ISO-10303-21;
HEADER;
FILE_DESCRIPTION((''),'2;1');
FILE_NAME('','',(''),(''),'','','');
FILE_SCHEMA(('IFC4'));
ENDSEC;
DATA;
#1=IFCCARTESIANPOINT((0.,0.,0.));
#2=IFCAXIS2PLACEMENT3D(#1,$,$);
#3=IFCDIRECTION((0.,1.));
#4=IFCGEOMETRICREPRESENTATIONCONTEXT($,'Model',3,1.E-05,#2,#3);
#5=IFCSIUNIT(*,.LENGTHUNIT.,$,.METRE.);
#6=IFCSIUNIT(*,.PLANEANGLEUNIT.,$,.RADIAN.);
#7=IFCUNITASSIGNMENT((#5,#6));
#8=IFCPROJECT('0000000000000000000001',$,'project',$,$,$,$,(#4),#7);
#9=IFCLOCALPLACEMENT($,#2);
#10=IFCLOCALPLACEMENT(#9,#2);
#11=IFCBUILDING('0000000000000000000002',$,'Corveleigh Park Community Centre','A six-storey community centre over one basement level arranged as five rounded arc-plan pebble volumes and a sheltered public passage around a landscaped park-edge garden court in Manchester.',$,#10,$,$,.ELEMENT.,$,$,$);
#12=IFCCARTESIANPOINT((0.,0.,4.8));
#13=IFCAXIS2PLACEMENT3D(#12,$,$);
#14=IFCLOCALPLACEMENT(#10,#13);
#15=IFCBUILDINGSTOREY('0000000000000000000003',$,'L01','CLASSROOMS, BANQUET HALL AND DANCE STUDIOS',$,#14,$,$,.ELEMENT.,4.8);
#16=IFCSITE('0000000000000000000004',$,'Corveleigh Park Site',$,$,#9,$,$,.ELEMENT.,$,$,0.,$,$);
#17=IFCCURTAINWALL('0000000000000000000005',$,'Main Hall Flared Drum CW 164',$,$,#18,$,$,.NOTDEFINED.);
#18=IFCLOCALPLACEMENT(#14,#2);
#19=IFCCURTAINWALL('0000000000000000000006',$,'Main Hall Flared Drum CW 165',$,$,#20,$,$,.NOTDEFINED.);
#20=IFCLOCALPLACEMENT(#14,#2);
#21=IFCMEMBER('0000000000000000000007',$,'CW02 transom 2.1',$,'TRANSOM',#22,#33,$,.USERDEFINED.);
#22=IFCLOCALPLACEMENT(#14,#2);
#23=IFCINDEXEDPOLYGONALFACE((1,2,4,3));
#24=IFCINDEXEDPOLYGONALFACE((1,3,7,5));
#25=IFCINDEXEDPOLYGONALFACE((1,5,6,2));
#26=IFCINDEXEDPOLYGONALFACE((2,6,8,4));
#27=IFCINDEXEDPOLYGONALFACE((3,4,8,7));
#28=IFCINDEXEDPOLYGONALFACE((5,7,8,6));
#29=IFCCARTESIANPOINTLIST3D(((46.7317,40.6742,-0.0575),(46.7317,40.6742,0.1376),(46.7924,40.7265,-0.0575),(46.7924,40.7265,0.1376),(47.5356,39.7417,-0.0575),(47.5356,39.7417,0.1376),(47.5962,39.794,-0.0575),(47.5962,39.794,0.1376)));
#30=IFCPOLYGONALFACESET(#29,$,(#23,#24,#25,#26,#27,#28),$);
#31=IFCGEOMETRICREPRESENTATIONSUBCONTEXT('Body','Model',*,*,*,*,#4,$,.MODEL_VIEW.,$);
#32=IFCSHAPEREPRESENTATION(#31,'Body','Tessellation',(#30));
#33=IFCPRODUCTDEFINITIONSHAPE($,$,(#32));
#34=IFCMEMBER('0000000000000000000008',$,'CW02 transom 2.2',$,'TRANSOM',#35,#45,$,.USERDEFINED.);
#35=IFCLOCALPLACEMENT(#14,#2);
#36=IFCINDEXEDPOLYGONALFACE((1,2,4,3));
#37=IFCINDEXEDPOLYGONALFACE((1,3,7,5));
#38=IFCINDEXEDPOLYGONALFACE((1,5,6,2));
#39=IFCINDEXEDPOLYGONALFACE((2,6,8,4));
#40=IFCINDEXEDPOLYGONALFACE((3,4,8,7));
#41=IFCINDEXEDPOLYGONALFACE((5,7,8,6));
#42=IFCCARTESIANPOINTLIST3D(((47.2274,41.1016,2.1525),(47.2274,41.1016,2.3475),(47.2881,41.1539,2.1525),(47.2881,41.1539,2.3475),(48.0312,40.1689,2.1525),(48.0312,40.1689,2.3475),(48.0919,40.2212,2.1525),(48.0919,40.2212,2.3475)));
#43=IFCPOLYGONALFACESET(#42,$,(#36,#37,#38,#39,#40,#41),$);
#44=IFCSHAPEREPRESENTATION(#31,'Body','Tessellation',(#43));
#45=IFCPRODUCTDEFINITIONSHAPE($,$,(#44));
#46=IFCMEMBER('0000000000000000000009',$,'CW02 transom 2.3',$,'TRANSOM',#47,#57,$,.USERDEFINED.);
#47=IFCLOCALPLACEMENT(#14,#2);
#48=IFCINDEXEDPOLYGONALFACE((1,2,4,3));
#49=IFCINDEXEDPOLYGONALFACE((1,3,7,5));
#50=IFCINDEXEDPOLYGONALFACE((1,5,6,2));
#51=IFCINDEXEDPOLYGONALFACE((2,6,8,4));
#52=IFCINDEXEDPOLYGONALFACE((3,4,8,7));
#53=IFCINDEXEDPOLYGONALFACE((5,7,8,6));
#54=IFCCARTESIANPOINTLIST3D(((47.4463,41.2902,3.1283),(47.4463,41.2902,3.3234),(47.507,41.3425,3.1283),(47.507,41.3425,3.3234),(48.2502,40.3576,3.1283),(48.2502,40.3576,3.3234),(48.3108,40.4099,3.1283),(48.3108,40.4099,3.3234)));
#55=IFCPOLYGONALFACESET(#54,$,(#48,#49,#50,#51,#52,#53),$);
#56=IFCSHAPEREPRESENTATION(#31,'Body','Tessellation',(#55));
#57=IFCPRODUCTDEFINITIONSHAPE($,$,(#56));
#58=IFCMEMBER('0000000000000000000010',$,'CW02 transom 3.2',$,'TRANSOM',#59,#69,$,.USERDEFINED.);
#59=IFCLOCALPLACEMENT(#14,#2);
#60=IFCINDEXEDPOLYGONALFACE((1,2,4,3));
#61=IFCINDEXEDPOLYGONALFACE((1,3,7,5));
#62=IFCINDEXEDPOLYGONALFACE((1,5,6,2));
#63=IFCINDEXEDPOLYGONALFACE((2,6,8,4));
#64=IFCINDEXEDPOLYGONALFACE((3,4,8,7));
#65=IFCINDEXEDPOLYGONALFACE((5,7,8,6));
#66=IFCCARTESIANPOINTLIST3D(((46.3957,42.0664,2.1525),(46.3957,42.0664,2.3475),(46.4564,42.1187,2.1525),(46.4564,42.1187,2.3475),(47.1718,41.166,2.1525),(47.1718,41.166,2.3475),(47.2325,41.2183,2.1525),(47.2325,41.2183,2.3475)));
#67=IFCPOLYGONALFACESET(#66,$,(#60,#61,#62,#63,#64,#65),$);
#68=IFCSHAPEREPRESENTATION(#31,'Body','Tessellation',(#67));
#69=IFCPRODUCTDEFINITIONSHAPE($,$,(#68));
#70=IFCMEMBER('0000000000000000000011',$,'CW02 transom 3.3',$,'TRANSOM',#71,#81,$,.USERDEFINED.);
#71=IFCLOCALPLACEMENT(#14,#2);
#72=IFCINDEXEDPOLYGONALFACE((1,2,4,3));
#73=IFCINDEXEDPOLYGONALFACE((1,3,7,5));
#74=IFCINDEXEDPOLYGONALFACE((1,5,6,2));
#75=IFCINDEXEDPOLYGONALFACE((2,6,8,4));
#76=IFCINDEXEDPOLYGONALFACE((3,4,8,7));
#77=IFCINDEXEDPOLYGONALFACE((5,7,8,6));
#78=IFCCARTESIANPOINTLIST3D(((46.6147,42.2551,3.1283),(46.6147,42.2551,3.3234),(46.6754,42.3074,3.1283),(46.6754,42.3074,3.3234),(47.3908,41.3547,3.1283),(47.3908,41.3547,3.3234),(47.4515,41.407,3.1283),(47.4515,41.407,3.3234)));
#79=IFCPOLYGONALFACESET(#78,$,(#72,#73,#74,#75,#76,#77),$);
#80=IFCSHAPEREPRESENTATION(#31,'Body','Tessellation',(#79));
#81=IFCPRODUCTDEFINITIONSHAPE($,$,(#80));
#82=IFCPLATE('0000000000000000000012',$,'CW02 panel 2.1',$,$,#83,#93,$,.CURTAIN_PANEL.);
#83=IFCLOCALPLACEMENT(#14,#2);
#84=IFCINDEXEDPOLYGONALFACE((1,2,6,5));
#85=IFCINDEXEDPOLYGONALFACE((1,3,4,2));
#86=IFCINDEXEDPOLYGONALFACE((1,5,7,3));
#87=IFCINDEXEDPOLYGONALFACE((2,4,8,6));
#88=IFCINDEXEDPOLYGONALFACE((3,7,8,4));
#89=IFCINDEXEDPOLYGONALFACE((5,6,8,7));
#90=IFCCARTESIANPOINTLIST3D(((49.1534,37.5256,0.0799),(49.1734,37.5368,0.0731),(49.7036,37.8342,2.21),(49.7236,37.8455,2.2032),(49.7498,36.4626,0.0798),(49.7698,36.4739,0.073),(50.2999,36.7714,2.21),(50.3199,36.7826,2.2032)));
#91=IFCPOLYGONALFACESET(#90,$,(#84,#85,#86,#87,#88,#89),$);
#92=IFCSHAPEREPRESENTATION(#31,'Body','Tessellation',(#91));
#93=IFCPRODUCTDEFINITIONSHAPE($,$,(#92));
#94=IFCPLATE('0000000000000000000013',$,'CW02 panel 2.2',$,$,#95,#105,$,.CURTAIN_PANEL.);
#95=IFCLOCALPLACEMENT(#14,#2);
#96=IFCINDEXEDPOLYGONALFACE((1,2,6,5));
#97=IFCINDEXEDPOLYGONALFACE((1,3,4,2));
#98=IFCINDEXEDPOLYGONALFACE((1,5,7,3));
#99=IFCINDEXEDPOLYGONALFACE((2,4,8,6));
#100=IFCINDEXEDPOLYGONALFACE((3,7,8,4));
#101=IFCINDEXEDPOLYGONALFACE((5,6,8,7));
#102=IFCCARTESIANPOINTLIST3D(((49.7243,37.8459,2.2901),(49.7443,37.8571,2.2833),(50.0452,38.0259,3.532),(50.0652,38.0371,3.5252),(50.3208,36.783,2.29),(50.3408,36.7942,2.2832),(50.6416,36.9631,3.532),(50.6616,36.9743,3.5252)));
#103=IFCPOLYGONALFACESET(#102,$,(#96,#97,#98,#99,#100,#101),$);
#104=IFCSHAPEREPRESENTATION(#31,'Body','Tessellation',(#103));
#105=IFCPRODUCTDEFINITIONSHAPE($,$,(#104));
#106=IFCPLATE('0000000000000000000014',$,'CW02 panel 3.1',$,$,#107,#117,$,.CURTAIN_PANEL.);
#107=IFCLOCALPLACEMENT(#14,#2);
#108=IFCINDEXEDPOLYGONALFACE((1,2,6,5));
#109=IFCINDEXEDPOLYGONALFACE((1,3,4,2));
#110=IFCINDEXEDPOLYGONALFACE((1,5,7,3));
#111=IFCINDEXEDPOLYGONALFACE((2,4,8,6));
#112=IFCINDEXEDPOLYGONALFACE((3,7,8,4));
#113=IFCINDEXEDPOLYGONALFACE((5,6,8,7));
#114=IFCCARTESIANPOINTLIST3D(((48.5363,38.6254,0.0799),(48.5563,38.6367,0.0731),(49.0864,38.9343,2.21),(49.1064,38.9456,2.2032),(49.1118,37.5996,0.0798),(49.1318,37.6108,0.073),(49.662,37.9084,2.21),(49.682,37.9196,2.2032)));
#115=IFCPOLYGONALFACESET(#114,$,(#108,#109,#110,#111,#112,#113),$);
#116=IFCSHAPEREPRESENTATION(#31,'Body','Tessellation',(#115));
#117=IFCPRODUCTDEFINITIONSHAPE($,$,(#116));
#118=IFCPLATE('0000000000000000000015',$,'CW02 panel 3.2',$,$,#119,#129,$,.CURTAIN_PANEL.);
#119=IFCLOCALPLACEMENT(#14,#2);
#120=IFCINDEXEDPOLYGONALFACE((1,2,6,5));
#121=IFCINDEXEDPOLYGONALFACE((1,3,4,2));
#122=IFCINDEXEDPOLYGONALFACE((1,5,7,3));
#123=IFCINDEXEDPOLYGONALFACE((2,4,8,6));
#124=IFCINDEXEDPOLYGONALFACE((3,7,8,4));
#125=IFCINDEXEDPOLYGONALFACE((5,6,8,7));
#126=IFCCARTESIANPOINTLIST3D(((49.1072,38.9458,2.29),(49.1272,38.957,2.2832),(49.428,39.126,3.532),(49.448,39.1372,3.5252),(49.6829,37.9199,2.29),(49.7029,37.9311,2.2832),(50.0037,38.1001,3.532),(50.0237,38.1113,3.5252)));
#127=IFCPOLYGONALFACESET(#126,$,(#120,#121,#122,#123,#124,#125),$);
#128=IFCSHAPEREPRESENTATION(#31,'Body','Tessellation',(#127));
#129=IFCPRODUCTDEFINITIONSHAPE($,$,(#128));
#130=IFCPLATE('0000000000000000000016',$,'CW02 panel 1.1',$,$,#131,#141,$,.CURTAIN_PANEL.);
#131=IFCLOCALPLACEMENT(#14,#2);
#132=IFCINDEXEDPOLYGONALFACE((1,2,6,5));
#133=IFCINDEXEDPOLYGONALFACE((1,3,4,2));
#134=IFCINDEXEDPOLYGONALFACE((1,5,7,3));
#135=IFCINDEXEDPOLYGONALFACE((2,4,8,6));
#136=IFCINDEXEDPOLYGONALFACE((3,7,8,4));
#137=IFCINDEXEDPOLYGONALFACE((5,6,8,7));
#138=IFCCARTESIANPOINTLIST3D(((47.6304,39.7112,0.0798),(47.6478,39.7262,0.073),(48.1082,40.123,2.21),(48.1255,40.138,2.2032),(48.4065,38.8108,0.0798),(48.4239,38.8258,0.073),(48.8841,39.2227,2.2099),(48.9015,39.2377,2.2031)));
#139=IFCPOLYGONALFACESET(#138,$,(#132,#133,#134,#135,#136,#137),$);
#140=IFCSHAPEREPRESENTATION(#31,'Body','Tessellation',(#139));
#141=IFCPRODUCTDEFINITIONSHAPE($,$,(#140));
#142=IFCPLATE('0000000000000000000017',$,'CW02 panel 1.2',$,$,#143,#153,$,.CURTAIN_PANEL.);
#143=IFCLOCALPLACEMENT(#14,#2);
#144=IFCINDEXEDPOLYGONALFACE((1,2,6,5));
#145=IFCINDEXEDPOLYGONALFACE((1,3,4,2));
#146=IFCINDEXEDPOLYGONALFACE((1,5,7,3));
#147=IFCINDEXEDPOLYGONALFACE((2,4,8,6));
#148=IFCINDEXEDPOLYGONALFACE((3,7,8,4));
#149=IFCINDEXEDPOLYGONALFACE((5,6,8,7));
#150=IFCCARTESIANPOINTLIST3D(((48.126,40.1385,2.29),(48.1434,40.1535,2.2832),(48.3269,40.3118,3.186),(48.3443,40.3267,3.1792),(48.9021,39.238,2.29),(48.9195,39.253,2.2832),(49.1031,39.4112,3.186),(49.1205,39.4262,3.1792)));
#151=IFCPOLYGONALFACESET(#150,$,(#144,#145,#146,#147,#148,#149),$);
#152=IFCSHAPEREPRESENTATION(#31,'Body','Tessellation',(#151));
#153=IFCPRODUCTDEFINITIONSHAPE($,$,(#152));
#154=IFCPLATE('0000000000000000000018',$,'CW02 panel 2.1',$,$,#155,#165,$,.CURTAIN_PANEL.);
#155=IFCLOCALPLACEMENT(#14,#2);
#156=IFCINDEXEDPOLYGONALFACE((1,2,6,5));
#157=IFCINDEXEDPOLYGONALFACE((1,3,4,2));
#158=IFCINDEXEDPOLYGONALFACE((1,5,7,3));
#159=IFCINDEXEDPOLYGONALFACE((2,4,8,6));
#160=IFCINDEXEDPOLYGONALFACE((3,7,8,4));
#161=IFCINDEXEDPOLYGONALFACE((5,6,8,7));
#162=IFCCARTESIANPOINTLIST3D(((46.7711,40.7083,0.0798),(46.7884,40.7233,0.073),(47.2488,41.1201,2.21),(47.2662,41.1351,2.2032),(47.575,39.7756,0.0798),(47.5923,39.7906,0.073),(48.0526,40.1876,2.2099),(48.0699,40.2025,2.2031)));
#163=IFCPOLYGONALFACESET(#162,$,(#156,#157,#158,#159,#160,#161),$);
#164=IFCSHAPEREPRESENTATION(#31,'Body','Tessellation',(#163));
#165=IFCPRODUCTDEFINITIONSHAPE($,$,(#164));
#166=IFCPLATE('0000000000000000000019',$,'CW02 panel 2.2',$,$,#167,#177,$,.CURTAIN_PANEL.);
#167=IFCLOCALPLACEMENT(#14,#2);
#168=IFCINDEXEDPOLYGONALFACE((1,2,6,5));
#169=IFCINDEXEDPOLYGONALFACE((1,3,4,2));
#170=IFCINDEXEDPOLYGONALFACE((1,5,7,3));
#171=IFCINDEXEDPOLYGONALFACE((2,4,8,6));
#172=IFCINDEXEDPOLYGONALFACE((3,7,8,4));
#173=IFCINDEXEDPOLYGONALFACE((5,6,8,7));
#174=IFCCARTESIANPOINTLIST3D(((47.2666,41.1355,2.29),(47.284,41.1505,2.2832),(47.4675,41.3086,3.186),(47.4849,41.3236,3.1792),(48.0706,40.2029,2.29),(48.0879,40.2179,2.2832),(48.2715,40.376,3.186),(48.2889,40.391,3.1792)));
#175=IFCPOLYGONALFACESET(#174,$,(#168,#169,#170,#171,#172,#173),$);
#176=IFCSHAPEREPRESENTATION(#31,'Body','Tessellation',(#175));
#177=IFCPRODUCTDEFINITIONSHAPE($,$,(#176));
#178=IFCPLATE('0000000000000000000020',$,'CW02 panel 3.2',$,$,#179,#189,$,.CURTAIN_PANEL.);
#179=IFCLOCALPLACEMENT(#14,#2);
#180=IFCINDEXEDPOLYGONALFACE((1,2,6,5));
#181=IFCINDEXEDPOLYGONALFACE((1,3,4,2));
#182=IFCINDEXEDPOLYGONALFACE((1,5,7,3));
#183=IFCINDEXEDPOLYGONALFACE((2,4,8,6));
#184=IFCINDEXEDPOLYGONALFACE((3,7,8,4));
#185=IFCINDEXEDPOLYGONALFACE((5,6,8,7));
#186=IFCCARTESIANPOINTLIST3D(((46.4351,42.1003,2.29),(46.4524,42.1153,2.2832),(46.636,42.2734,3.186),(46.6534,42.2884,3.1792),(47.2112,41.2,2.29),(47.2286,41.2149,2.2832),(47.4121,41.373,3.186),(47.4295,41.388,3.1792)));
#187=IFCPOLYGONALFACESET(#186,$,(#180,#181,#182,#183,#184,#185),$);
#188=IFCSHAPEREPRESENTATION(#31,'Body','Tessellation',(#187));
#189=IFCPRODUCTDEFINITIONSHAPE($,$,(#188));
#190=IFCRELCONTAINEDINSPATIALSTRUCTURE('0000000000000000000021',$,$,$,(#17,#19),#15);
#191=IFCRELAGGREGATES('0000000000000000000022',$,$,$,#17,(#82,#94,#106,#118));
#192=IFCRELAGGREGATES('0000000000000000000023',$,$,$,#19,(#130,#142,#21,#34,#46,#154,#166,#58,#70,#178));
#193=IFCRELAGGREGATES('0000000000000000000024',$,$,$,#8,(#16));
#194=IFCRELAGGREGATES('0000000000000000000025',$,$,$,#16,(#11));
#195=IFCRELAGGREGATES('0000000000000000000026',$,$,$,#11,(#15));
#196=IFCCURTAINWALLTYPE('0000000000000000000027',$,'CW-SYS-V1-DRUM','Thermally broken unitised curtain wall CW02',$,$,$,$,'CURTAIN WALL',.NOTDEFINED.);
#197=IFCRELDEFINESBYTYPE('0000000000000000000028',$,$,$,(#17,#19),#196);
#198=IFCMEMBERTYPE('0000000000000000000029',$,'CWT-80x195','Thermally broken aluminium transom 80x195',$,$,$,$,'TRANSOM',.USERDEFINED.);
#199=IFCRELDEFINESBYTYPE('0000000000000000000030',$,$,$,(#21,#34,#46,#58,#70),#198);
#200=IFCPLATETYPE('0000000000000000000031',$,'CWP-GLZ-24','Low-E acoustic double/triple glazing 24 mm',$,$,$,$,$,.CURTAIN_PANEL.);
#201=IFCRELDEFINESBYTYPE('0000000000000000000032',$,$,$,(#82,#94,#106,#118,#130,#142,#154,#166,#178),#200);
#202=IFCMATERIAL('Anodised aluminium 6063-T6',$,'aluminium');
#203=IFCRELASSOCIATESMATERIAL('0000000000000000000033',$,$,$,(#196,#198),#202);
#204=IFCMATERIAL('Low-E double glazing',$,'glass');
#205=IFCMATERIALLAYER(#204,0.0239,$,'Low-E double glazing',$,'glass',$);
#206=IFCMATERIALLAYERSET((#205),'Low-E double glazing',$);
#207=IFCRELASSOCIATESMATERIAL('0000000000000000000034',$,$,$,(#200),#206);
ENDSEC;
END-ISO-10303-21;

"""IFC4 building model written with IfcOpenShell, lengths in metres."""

from ifc_helpers import new_model, si_unit, direction, frame, origin, origin_2d, place, context, subcontext, project, spatial, polyline, rectangle, outline, extrude, material, layer, layer_set, material_profile, profile_set, type_object, element, aggregate, save


model = new_model("IFC4")

# Units and contexts
model_context = context("Model", 3, precision=1e-05, world=origin(), true_north=direction((0.0, 1.0)))
body_context = subcontext(model_context, "Body", "Model", "MODEL_VIEW")
ifc_project = project(units=[si_unit("LENGTHUNIT", "METRE"), si_unit("PLANEANGLEUNIT", "RADIAN")], contexts=[model_context])

# Site, building, storey
site_placement = place(None, origin())
site = spatial("IfcSite", under=ifc_project, at=site_placement, Name="Corveleigh Park Site", CompositionType="ELEMENT", RefElevation=0.0)
building_placement = place(site_placement, origin())
building = spatial("IfcBuilding", under=site, at=building_placement, Name="Corveleigh Park Community Centre", Description="A six-storey community centre over one basement level arranged as five rounded arc-plan pebble volumes and a sheltered public passage around a landscaped park-edge garden court in Manchester.", CompositionType="ELEMENT")
storey_placement = place(building_placement, frame((0.0, 0.0, 4.8)))
storey = spatial("IfcBuildingStorey", under=building, at=storey_placement, Name="L01", Description="CLASSROOMS, BANQUET HALL AND DANCE STUDIOS", CompositionType="ELEMENT", Elevation=4.8)

# Curtain walls
ifc_material_1 = material(Name="Anodised aluminium 6063-T6", Category="aluminium")
curtain_wall_type = type_object("IfcCurtainWallType", Name="CW-SYS-V1-DRUM", Description="Thermally broken unitised curtain wall CW02", ElementType="CURTAIN WALL", PredefinedType="NOTDEFINED", material=ifc_material_1)
curtain_wall_1_placement = place(storey_placement, origin())
curtain_wall_1 = element("IfcCurtainWall", 1, at=curtain_wall_1_placement, inside=storey, type_object=curtain_wall_type, Name="Main Hall Flared Drum CW 164", PredefinedType="NOTDEFINED")
curtain_wall_2_placement = place(storey_placement, origin())
curtain_wall_2 = element("IfcCurtainWall", 2, at=curtain_wall_2_placement, inside=storey, type_object=curtain_wall_type, Name="Main Hall Flared Drum CW 165", PredefinedType="NOTDEFINED")

# Members
ifc_material_profile_1 = material_profile(ifc_material_1, rectangle(XDim=0.0801, YDim=0.1951, at=origin_2d()), Name="ALU-T80x195", Category="aluminium")
ifc_profile_set_1 = profile_set([ifc_material_profile_1], Name="Anodised aluminium 6063-T6")
member_type_1 = type_object("IfcMemberType", Name="CWT-80x195", Description="Thermally broken aluminium transom 80x195", ElementType="TRANSOM", PredefinedType="USERDEFINED", material=ifc_profile_set_1)
member_1_placement = place(storey_placement, frame((47.5659, 39.7678, 0.04), z_axis=(-0.652928, 0.75742, 0.0), x_axis=(-0.75742, -0.652928, 0.0)))
member_1 = element("IfcMember", 3, at=member_1_placement, type_object=member_type_1, Name="CW02 transom 2.1", ObjectType="TRANSOM", PredefinedType="USERDEFINED", context=body_context, shape_type="SweptSolid", body=[
    extrude(rectangle(XDim=0.0801, YDim=0.1951, at=origin_2d()), origin(), (0.0, 0.0, 1.0), 1.2312),
])
member_2_placement = place(storey_placement, frame((48.0615, 40.1951, 2.25), z_axis=(-0.652814, 0.757518, 0.0), x_axis=(-0.757518, -0.652814, 0.0)))
member_2 = element("IfcMember", 4, at=member_2_placement, type_object=member_type_1, Name="CW02 transom 2.2", ObjectType="TRANSOM", PredefinedType="USERDEFINED", context=body_context, shape_type="SweptSolid", body=[
    extrude(rectangle(XDim=0.0801, YDim=0.1951, at=origin_2d()), origin(), (0.0, 0.0, 1.0), 1.2312),
])
member_3_placement = place(storey_placement, frame((48.2805, 40.3838, 3.2258), z_axis=(-0.652928, 0.75742, 0.0), x_axis=(-0.75742, -0.652928, 0.0)))
member_3 = element("IfcMember", 5, at=member_3_placement, type_object=member_type_1, Name="CW02 transom 2.3", ObjectType="TRANSOM", PredefinedType="USERDEFINED", context=body_context, shape_type="SweptSolid", body=[
    extrude(rectangle(XDim=0.0801, YDim=0.1951, at=origin_2d()), origin(), (0.0, 0.0, 1.0), 1.2312),
])
member_4_placement = place(storey_placement, frame((47.2021, 41.1921, 2.25), z_axis=(-0.652903, 0.757441, 0.0), x_axis=(-0.757441, -0.652903, 0.0)))
member_4 = element("IfcMember", 6, at=member_4_placement, type_object=member_type_1, Name="CW02 transom 3.2", ObjectType="TRANSOM", PredefinedType="USERDEFINED", context=body_context, shape_type="SweptSolid", body=[
    extrude(rectangle(XDim=0.0801, YDim=0.1951, at=origin_2d()), origin(), (0.0, 0.0, 1.0), 1.1887),
])
member_5_placement = place(storey_placement, frame((47.4211, 41.3809, 3.2258), z_axis=(-0.652903, 0.757441, 0.0), x_axis=(-0.757441, -0.652903, 0.0)))
member_5 = element("IfcMember", 7, at=member_5_placement, type_object=member_type_1, Name="CW02 transom 3.3", ObjectType="TRANSOM", PredefinedType="USERDEFINED", context=body_context, shape_type="SweptSolid", body=[
    extrude(rectangle(XDim=0.0801, YDim=0.1951, at=origin_2d()), origin(), (0.0, 0.0, 1.0), 1.1887),
])

# Plates
ifc_material_2 = material(Name="Low-E double glazing", Category="glass")
ifc_layer_1 = layer(ifc_material_2, 0.0239, Name="Low-E double glazing", Category="glass")
ifc_layer_set_1 = layer_set([ifc_layer_1], Name="Low-E double glazing")
plate_type_1 = type_object("IfcPlateType", Name="CWP-GLZ-24", Description="Low-E acoustic double/triple glazing 24 mm", PredefinedType="CURTAIN_PANEL", material=ifc_layer_set_1)
plate_1_placement = place(storey_placement, frame((49.7498, 36.4626, 0.0798), z_axis=(-0.836215, -0.469153, 0.283972), x_axis=(-0.489286, 0.872123, 0.000037)))
plate_1 = element("IfcPlate", 8, at=plate_1_placement, type_object=plate_type_1, Name="CW02 panel 2.1", PredefinedType="CURTAIN_PANEL", context=body_context, shape_type="SweptSolid", body=[
    extrude(outline(polyline([(0.0, 0.0), (1.2188, 0.0), (1.2188, -2.2215), (0.0002, -2.2216), (0.0, 0.0)])), origin(), (0.0, 0.0, -1.0), 0.0239),
])
plate_2_placement = place(storey_placement, frame((50.3208, 36.783, 2.29), z_axis=(-0.836164, -0.46922, 0.284012), x_axis=(-0.489368, 0.872077, 0.000013)))
plate_2 = element("IfcPlate", 9, at=plate_2_placement, type_object=plate_type_1, Name="CW02 panel 2.2", PredefinedType="CURTAIN_PANEL", context=body_context, shape_type="SweptSolid", body=[
    extrude(outline(polyline([(0.0, 0.0), (1.2189, 0.0), (1.2188, -1.2953), (0.0002, -1.2953), (0.0, 0.0)])), origin(), (0.0, 0.0, -1.0), 0.0239),
])
plate_3_placement = place(storey_placement, frame((49.1118, 37.5996, 0.0798), z_axis=(-0.836209, -0.469149, 0.283997), x_axis=(-0.489289, 0.872122, 0.000025)))
plate_3 = element("IfcPlate", 10, at=plate_3_placement, type_object=plate_type_1, Name="CW02 panel 3.1", PredefinedType="CURTAIN_PANEL", context=body_context, shape_type="SweptSolid", body=[
    extrude(outline(polyline([(0.0, 0.0), (1.1762, 0.0), (1.1765, -2.2216), (0.0001, -2.2216), (0.0, 0.0)])), origin(), (0.0, 0.0, -1.0), 0.0239),
])
plate_4_placement = place(storey_placement, frame((49.6829, 37.9199, 2.29), z_axis=(-0.836152, -0.469216, 0.284054), x_axis=(-0.489374, 0.872074, 0.0)))
plate_4 = element("IfcPlate", 11, at=plate_4_placement, type_object=plate_type_1, Name="CW02 panel 3.2", PredefinedType="CURTAIN_PANEL", context=body_context, shape_type="SweptSolid", body=[
    extrude(outline(polyline([(0.0, 0.0), (1.1764, 0.0), (1.1765, -1.2953), (0.0001, -1.2953), (0.0, 0.0)])), origin(), (0.0, 0.0, -1.0), 0.0239),
])
aggregate(curtain_wall_1, [plate_1, plate_2, plate_3, plate_4])
plate_5_placement = place(storey_placement, frame((48.4065, 38.8108, 0.0798), z_axis=(-0.726323, -0.625981, 0.283906), x_axis=(-0.652849, 0.757488, -0.000021)))
plate_5 = element("IfcPlate", 12, at=plate_5_placement, type_object=plate_type_1, Name="CW02 panel 1.1", PredefinedType="CURTAIN_PANEL", context=body_context, shape_type="SweptSolid", body=[
    extrude(outline(polyline([(0.0, 0.0), (1.1887, 0.0), (1.1887, -2.2216), (0.0002, -2.2215), (0.0, 0.0)])), origin(), (0.0, 0.0, -1.0), 0.0239),
])
plate_6_placement = place(storey_placement, frame((48.9021, 39.238, 2.29), z_axis=(-0.726318, -0.625991, 0.283897), x_axis=(-0.652856, 0.757482, -0.000018)))
plate_6 = element("IfcPlate", 13, at=plate_6_placement, type_object=plate_type_1, Name="CW02 panel 1.2", PredefinedType="CURTAIN_PANEL", context=body_context, shape_type="SweptSolid", body=[
    extrude(outline(polyline([(0.0, 0.0), (1.1887, 0.0), (1.1888, -0.9345), (-0.0001, -0.9344), (0.0, 0.0)])), origin(), (0.0, 0.0, -1.0), 0.0239),
])
plate_7_placement = place(storey_placement, frame((47.575, 39.7756, 0.0798), z_axis=(-0.726301, -0.626007, 0.283906), x_axis=(-0.652876, 0.757465, -0.00002)))
plate_7 = element("IfcPlate", 14, at=plate_7_placement, type_object=plate_type_1, Name="CW02 panel 2.1", PredefinedType="CURTAIN_PANEL", context=body_context, shape_type="SweptSolid", body=[
    extrude(outline(polyline([(0.0, 0.0), (1.2313, 0.0), (1.2313, -2.2216), (0.0002, -2.2215), (0.0, 0.0)])), origin(), (0.0, 0.0, -1.0), 0.0239),
])
plate_8_placement = place(storey_placement, frame((48.0706, 40.2029, 2.29), z_axis=(-0.726274, -0.626078, 0.283818), x_axis=(-0.652928, 0.75742, 0.0)))
plate_8 = element("IfcPlate", 15, at=plate_8_placement, type_object=plate_type_1, Name="CW02 panel 2.2", PredefinedType="CURTAIN_PANEL", context=body_context, shape_type="SweptSolid", body=[
    extrude(outline(polyline([(0.0, 0.0), (1.2313, 0.0), (1.2312, -0.9344), (-0.0001, -0.9344), (0.0, 0.0)])), origin(), (0.0, 0.0, -1.0), 0.0239),
])
plate_9_placement = place(storey_placement, frame((47.2112, 41.2, 2.29), z_axis=(-0.726294, -0.626054, 0.283818), x_axis=(-0.652903, 0.757441, 0.0)))
plate_9 = element("IfcPlate", 16, at=plate_9_placement, type_object=plate_type_1, Name="CW02 panel 3.2", PredefinedType="CURTAIN_PANEL", context=body_context, shape_type="SweptSolid", body=[
    extrude(outline(polyline([(0.0, 0.0), (1.1887, 0.0), (1.1886, -0.9344), (-0.0001, -0.9344), (0.0, 0.0)])), origin(), (0.0, 0.0, -1.0), 0.0239),
])
aggregate(curtain_wall_2, [plate_5, plate_6, member_1, member_2, member_3, plate_7, plate_8, member_4, member_5, plate_9])

save(model, "model.ifc")
